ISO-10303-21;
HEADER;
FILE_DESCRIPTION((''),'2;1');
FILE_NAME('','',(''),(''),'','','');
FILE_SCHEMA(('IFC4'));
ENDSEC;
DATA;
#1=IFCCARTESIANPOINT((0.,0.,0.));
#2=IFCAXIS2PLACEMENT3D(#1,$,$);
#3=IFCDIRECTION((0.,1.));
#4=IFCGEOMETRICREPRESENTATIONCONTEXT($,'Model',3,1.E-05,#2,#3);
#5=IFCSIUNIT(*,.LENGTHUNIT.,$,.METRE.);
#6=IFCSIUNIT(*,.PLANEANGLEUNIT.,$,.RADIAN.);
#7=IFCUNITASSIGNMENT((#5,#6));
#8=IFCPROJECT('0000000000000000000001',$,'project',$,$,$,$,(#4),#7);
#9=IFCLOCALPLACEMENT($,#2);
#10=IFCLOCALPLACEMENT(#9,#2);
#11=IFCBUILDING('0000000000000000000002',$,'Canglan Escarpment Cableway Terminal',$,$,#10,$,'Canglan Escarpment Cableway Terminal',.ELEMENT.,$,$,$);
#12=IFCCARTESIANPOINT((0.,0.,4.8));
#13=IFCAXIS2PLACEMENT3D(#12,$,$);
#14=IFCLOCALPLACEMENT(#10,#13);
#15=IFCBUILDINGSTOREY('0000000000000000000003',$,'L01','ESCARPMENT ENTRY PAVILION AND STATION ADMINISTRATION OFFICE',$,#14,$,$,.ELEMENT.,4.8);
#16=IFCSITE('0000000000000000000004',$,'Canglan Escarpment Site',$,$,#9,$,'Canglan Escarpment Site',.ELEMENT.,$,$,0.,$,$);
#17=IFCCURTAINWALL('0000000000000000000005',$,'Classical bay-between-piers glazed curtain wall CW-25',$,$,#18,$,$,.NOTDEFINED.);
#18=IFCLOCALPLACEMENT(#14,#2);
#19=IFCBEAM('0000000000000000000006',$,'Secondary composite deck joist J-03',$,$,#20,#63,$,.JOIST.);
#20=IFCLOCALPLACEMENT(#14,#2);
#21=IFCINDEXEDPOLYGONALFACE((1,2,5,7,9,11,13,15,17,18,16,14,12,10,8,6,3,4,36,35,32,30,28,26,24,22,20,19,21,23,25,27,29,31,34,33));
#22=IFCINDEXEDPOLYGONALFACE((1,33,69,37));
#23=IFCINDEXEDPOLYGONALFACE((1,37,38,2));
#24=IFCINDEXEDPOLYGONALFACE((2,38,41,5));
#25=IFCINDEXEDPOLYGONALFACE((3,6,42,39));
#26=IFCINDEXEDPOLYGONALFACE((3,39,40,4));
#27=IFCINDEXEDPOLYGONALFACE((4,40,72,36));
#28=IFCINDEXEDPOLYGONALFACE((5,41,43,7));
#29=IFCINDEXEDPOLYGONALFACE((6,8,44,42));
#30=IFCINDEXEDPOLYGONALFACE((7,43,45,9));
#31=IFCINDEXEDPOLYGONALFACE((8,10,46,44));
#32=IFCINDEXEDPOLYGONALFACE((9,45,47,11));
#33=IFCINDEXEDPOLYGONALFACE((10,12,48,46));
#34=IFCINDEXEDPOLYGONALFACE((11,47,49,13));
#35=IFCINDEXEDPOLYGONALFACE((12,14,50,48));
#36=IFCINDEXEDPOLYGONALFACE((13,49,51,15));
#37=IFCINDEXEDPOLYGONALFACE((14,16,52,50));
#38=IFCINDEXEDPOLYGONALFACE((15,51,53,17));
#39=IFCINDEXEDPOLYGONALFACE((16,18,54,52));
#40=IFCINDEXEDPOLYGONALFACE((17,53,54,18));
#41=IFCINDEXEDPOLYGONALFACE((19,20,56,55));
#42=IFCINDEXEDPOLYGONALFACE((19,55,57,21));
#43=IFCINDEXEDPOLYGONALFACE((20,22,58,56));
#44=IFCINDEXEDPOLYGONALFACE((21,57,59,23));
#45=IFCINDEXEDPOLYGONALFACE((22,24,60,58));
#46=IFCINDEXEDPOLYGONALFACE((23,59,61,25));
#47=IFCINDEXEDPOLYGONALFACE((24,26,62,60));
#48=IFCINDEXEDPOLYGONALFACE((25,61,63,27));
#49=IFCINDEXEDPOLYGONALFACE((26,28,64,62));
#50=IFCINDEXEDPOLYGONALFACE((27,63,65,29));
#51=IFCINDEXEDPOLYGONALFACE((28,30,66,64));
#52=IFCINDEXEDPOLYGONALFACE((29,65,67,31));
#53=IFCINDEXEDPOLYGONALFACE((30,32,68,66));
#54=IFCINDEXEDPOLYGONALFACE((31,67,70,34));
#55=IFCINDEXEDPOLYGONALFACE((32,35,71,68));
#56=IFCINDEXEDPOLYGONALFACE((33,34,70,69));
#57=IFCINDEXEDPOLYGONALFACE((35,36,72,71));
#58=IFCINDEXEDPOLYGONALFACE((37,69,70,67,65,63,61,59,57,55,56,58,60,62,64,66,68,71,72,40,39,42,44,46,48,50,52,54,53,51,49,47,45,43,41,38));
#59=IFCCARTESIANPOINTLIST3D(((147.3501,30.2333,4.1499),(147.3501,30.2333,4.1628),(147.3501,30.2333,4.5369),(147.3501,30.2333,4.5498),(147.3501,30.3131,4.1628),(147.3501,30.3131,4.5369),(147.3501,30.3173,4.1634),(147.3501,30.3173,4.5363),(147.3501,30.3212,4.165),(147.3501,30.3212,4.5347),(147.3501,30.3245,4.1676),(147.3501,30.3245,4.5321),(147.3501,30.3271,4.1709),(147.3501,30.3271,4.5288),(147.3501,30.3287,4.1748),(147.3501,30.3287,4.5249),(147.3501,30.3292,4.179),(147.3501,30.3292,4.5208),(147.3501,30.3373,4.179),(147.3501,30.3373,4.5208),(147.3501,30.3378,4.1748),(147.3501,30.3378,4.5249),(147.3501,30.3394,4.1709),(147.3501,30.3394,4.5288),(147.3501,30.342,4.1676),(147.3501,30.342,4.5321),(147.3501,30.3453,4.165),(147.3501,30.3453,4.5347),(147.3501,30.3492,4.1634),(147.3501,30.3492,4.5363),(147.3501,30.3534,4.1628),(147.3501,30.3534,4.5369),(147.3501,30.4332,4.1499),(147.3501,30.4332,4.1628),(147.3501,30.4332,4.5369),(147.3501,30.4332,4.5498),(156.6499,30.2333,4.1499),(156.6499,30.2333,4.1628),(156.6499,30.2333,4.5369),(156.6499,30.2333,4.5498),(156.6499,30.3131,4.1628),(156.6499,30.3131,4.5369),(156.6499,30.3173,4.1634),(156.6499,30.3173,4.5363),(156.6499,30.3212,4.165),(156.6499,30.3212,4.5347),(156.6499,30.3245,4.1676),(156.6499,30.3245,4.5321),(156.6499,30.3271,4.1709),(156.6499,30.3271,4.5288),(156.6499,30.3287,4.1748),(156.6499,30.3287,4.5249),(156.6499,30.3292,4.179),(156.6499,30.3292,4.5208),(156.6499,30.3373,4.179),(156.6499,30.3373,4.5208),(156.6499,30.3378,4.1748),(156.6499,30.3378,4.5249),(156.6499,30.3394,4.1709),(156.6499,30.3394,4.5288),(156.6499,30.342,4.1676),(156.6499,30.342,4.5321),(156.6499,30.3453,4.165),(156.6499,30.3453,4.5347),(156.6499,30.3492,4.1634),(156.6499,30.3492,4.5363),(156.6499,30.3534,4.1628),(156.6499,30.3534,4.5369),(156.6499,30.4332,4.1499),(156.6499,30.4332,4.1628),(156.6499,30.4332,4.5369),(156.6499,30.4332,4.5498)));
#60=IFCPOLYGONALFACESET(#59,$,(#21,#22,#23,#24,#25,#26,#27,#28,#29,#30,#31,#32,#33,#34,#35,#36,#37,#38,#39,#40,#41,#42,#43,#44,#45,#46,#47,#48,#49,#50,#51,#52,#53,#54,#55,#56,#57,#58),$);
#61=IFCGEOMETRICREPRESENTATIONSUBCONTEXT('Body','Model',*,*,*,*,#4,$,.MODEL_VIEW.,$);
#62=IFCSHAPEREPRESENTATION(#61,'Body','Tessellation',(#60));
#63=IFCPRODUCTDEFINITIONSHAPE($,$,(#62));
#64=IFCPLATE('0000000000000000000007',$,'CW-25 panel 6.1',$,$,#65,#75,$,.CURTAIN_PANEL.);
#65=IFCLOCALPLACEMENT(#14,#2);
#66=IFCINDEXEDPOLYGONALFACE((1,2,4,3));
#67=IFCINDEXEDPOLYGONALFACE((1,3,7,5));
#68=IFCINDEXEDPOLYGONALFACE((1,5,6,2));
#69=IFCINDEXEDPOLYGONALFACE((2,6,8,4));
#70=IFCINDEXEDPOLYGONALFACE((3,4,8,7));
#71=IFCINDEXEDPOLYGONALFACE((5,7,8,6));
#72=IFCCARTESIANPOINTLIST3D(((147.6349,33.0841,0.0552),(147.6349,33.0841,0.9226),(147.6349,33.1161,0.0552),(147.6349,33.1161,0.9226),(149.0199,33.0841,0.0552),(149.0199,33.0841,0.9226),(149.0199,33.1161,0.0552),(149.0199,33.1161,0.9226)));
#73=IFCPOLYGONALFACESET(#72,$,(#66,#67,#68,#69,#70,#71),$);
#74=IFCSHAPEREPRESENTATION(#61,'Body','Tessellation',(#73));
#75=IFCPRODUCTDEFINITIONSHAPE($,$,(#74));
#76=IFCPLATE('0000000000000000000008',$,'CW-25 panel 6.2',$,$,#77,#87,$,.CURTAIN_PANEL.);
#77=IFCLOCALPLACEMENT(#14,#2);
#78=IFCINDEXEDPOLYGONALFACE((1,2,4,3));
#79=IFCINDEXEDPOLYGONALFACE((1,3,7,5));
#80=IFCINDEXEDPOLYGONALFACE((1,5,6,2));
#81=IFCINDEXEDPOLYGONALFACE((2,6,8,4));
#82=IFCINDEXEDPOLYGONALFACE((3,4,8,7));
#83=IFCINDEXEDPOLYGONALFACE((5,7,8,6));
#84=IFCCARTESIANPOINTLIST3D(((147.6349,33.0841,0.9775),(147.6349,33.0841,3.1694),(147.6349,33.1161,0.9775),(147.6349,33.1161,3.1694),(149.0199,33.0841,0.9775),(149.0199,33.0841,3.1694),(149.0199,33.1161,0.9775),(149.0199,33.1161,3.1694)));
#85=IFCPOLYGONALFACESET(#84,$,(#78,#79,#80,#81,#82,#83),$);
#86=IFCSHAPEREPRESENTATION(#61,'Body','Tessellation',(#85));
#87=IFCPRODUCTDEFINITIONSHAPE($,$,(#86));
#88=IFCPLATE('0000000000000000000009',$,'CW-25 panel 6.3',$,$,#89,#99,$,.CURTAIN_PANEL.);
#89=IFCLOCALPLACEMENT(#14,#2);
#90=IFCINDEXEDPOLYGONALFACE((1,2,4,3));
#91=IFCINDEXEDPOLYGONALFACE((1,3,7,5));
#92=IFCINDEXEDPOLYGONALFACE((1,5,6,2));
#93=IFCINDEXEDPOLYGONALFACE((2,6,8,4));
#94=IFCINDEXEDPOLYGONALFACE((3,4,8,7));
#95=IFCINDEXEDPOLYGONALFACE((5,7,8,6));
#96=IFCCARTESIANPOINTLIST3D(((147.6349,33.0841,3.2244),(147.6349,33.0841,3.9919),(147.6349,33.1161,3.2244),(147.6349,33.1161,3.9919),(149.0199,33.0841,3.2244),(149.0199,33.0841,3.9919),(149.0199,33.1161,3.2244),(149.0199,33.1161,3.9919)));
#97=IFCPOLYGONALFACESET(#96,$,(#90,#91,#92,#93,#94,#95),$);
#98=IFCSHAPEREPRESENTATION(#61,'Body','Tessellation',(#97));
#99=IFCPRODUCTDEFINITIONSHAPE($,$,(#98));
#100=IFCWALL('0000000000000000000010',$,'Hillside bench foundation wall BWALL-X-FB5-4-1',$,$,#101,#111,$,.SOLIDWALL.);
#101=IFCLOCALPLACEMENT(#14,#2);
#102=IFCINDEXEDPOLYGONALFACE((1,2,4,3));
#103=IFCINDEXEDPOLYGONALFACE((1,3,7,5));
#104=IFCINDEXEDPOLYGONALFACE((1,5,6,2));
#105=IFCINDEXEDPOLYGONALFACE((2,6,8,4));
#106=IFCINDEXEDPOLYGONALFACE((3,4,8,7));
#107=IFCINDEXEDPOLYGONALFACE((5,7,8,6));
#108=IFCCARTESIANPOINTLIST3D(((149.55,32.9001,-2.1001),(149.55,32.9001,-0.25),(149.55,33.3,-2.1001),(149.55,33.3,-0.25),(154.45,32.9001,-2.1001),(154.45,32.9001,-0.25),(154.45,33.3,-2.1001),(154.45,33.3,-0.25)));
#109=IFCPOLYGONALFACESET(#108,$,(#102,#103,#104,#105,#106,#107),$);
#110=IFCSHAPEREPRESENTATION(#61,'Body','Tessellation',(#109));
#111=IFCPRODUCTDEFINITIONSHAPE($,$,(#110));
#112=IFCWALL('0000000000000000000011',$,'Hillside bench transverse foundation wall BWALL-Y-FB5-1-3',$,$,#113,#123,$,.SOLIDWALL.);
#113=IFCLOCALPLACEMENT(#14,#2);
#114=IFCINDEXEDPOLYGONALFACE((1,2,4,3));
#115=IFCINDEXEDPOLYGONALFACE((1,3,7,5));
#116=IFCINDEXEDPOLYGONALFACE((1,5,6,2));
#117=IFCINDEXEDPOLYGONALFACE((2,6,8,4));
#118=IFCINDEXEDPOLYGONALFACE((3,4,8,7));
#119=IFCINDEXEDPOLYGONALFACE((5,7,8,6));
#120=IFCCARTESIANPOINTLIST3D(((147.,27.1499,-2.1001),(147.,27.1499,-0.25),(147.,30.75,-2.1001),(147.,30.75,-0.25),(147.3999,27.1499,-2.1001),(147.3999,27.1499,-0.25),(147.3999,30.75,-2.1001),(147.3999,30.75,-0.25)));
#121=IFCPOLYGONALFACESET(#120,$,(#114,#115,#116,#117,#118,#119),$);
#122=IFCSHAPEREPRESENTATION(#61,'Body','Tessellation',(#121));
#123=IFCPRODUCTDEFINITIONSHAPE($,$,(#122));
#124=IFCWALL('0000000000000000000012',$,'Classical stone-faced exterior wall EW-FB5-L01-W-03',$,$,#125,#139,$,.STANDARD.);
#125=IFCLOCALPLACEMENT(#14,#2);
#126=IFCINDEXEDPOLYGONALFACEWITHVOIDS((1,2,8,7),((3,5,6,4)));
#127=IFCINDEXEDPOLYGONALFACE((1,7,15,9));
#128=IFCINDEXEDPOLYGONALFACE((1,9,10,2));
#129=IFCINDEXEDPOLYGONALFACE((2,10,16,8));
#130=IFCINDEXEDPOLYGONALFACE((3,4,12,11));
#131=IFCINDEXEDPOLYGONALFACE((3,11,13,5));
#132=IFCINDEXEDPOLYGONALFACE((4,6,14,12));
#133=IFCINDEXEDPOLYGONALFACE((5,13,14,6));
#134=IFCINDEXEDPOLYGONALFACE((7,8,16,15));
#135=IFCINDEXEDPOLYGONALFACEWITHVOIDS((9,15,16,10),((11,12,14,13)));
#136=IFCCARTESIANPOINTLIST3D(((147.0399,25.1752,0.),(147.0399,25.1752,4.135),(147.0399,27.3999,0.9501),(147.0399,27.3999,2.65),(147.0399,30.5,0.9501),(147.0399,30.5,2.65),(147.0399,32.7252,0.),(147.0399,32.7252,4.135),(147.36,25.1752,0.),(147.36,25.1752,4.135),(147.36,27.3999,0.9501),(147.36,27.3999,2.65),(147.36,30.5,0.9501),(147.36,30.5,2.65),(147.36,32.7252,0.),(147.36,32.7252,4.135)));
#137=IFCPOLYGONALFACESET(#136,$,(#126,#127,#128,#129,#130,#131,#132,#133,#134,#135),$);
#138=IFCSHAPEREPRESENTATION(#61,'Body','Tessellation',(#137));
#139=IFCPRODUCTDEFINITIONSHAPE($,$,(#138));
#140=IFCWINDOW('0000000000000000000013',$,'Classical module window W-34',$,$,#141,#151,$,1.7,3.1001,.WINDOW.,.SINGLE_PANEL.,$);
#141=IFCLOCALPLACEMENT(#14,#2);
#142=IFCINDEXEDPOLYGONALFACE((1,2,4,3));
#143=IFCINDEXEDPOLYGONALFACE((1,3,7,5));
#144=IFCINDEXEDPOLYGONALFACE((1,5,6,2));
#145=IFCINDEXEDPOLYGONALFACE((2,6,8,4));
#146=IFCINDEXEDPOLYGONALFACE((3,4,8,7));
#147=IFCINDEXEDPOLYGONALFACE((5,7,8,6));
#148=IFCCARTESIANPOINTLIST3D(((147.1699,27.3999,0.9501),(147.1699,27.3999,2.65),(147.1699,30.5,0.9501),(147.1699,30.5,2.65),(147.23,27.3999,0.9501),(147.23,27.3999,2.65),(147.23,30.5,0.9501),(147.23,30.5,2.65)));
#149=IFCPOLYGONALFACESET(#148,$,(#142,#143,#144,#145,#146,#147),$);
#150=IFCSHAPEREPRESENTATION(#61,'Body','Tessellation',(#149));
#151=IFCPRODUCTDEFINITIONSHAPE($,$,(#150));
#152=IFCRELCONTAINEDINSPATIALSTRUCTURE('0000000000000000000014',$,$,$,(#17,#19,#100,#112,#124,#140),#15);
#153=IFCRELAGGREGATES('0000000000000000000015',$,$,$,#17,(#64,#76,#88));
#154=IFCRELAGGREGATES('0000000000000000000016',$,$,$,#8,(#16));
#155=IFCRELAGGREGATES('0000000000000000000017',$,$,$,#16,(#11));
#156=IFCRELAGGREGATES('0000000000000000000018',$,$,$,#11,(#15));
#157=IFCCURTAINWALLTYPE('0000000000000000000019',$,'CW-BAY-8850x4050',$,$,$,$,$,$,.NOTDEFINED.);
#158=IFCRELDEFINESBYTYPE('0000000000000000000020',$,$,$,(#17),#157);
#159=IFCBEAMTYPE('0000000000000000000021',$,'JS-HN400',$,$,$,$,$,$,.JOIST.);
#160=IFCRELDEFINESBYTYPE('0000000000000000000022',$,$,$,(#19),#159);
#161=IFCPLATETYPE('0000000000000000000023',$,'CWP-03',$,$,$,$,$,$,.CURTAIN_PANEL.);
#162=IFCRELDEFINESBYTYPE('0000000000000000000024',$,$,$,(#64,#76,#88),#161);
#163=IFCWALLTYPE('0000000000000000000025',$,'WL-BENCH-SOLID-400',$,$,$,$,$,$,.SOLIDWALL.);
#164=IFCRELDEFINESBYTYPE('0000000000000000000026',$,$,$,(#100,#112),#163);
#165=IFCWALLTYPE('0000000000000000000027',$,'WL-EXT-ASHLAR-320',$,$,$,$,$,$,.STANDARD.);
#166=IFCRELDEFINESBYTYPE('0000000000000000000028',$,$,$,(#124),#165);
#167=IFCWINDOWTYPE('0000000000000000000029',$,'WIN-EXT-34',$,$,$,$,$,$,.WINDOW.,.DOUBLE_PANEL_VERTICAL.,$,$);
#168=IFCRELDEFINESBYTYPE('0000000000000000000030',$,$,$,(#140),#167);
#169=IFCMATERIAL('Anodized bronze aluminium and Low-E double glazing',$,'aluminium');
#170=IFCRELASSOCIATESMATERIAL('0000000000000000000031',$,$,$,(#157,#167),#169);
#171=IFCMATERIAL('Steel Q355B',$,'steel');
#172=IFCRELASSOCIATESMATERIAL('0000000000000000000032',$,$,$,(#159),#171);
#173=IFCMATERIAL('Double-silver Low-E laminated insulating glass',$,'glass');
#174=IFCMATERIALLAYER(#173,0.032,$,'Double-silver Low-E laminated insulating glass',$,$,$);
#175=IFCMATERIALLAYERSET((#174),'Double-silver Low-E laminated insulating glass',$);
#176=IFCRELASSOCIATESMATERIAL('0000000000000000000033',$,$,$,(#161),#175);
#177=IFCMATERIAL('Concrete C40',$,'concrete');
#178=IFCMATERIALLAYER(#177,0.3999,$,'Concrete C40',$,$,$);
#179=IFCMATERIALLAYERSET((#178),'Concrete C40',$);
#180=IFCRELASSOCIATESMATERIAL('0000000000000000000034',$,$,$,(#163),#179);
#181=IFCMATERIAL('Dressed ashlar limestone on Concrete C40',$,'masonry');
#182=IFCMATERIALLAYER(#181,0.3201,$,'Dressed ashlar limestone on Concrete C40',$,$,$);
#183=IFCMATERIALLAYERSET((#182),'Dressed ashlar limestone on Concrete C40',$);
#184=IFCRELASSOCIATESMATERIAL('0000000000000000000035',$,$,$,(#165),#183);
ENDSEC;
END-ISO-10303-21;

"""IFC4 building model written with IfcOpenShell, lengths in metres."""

from ifc_helpers import new_model, si_unit, direction, frame, frame_2d, origin, origin_2d, place, context, subcontext, project, spatial, rectangle, i_section, extrude, material, layer, layer_set, material_profile, profile_set, type_object, element, fill, aggregate, save


model = new_model("IFC4")

# Units and contexts
model_context = context("Model", 3, precision=1e-05, world=origin(), true_north=direction((0.0, 1.0)))
body_context = subcontext(model_context, "Body", "Model", "MODEL_VIEW")
ifc_project = project(units=[si_unit("LENGTHUNIT", "METRE"), si_unit("PLANEANGLEUNIT", "RADIAN")], contexts=[model_context])

# Site, building, storey
site_placement = place(None, origin())
site = spatial("IfcSite", under=ifc_project, at=site_placement, Name="Canglan Escarpment Site", LongName="Canglan Escarpment Site", CompositionType="ELEMENT", RefElevation=0.0)
building_placement = place(site_placement, origin())
building = spatial("IfcBuilding", under=site, at=building_placement, Name="Canglan Escarpment Cableway Terminal", LongName="Canglan Escarpment Cableway Terminal", CompositionType="ELEMENT")
storey_placement = place(building_placement, frame((0.0, 0.0, 4.8)))
storey = spatial("IfcBuildingStorey", under=building, at=storey_placement, Name="L01", Description="ESCARPMENT ENTRY PAVILION AND STATION ADMINISTRATION OFFICE", CompositionType="ELEMENT", Elevation=4.8)

# Shared definitions
ifc_material_1 = material(Name="Concrete C40", Category="concrete")

# Shared definitions
ifc_material_2 = material(Name="Steel Q355B", Category="steel")

# Curtain wall
ifc_material_3 = material(Name="Anodized bronze aluminium and Low-E double glazing", Category="aluminium")
curtain_wall_type = type_object("IfcCurtainWallType", Name="CW-BAY-8850x4050", PredefinedType="NOTDEFINED", material=ifc_material_3)
curtain_wall_placement = place(storey_placement, origin())
curtain_wall = element("IfcCurtainWall", 1, at=curtain_wall_placement, inside=storey, type_object=curtain_wall_type, Name="Classical bay-between-piers glazed curtain wall CW-25", PredefinedType="NOTDEFINED")

# Beam
ifc_material_profile_1 = material_profile(ifc_material_2, i_section(OverallWidth=0.2, OverallDepth=0.3999, WebThickness=0.0081, FlangeThickness=0.0129, FilletRadius=0.0161, at=origin_2d()), Name="HN 400x200x8x13")
ifc_profile_set_1 = profile_set([ifc_material_profile_1], Name="Steel Q355B")
beam_type_1 = type_object("IfcBeamType", Name="JS-HN400", PredefinedType="JOIST", material=ifc_profile_set_1)
for number, where, z_axis, x_axis, name in (
    (2, (147.3501, 30.3333, 4.3499), (1.0, 0.0, 0.0), (0.0, 1.0, 0.0), "Secondary composite deck joist J-03"),
):
    element("IfcBeam", number, at=place(storey_placement, frame(where, z_axis=z_axis, x_axis=x_axis)), inside=storey, type_object=beam_type_1, Name=name, PredefinedType="JOIST", context=body_context, shape_type="SweptSolid", body=[
        extrude(i_section(OverallWidth=0.2, OverallDepth=0.3999, WebThickness=0.0081, FlangeThickness=0.0129, FilletRadius=0.0161, at=origin_2d()), origin(), (0.0, 0.0, 1.0), 9.2998),
    ])

# Plates
ifc_material_4 = material(Name="Double-silver Low-E laminated insulating glass", Category="glass")
ifc_layer_1 = layer(ifc_material_4, 0.032, Name="Double-silver Low-E laminated insulating glass")
ifc_layer_set_1 = layer_set([ifc_layer_1], Name="Double-silver Low-E laminated insulating glass")
plate_type = type_object("IfcPlateType", Name="CWP-03", PredefinedType="CURTAIN_PANEL", material=ifc_layer_set_1)
plate_1_placement = place(storey_placement, frame((148.3274, 33.1001, 0.0552), z_axis=(0.0, 0.0, 1.0), x_axis=(-1.0, 0.0, 0.0)))
plate_1 = element("IfcPlate", 3, at=plate_1_placement, type_object=plate_type, Name="CW-25 panel 6.1", PredefinedType="CURTAIN_PANEL", context=body_context, shape_type="SweptSolid", body=[
    extrude(rectangle(XDim=1.385, YDim=0.032, at=origin_2d()), origin(), (0.0, 0.0, 1.0), 0.8674),
])
plate_2_placement = place(storey_placement, frame((148.3274, 33.1001, 0.9775), z_axis=(0.0, 0.0, 1.0), x_axis=(-1.0, 0.0, 0.0)))
plate_2 = element("IfcPlate", 4, at=plate_2_placement, type_object=plate_type, Name="CW-25 panel 6.2", PredefinedType="CURTAIN_PANEL", context=body_context, shape_type="SweptSolid", body=[
    extrude(rectangle(XDim=1.385, YDim=0.032, at=origin_2d()), origin(), (0.0, 0.0, 1.0), 2.1919),
])
plate_3_placement = place(storey_placement, frame((148.3274, 33.1001, 3.2244), z_axis=(0.0, 0.0, 1.0), x_axis=(-1.0, 0.0, 0.0)))
plate_3 = element("IfcPlate", 5, at=plate_3_placement, type_object=plate_type, Name="CW-25 panel 6.3", PredefinedType="CURTAIN_PANEL", context=body_context, shape_type="SweptSolid", body=[
    extrude(rectangle(XDim=1.385, YDim=0.032, at=origin_2d()), origin(), (0.0, 0.0, 1.0), 0.7676),
])
aggregate(curtain_wall, [plate_1, plate_2, plate_3])

# Walls
ifc_layer_2 = layer(ifc_material_1, 0.3999, Name="Concrete C40")
ifc_layer_set_2 = layer_set([ifc_layer_2], Name="Concrete C40")
wall_type_1 = type_object("IfcWallType", Name="WL-BENCH-SOLID-400", PredefinedType="SOLIDWALL", material=ifc_layer_set_2)
wall_1_placement = place(storey_placement, frame((149.55, 33.1001, -2.1001), z_axis=(0.0, 0.0, 1.0), x_axis=(1.0, 0.0, 0.0)))
element("IfcWall", 6, at=wall_1_placement, inside=storey, type_object=wall_type_1, Name="Hillside bench foundation wall BWALL-X-FB5-4-1", PredefinedType="SOLIDWALL", context=body_context, shape_type="SweptSolid", body=[
    extrude(rectangle(XDim=4.8999, YDim=0.3999, at=frame_2d((2.45, 0.0))), origin(), (0.0, 0.0, 1.0), 1.8501),
])
wall_2_placement = place(storey_placement, frame((147.2, 27.1499, -2.1001), z_axis=(0.0, 0.0, 1.0), x_axis=(0.0, 1.0, 0.0)))
element("IfcWall", 7, at=wall_2_placement, inside=storey, type_object=wall_type_1, Name="Hillside bench transverse foundation wall BWALL-Y-FB5-1-3", PredefinedType="SOLIDWALL", context=body_context, shape_type="SweptSolid", body=[
    extrude(rectangle(XDim=3.6001, YDim=0.3999, at=frame_2d((1.8, 0.0))), origin(), (0.0, 0.0, 1.0), 1.8501),
])

# Wall, opening, window
ifc_material_5 = material(Name="Dressed ashlar limestone on Concrete C40", Category="masonry")
ifc_layer_3 = layer(ifc_material_5, 0.3201, Name="Dressed ashlar limestone on Concrete C40")
ifc_layer_set_3 = layer_set([ifc_layer_3], Name="Dressed ashlar limestone on Concrete C40")
wall_type_2 = type_object("IfcWallType", Name="WL-EXT-ASHLAR-320", PredefinedType="STANDARD", material=ifc_layer_set_3)
wall_3_placement = place(storey_placement, frame((147.2, 32.7251, 0.0), z_axis=(0.0, 0.0, 1.0), x_axis=(0.0, -1.0, 0.0)))
wall_3 = element("IfcWall", 8, at=wall_3_placement, inside=storey, type_object=wall_type_2, Name="Classical stone-faced exterior wall EW-FB5-L01-W-03", PredefinedType="STANDARD", context=body_context, shape_type="SweptSolid", body=[
    extrude(rectangle(XDim=7.55, YDim=0.3201, at=frame_2d((3.7749, 0.0))), origin(), (0.0, 0.0, 1.0), 4.135),
])
opening_placement = place(wall_3_placement, frame((2.2251, 0.0, 0.95)))
opening = element("IfcOpeningElement", 9, at=opening_placement, cuts=wall_3, PredefinedType="OPENING", context=body_context, shape_type="SweptSolid", body=[
    extrude(rectangle(XDim=3.1001, YDim=1.7, at=frame_2d((1.55, 0.8501))), frame((0.0, 0.1699, 0.0), z_axis=(0.0, -1.0, 0.0), x_axis=(1.0, 0.0, 0.0)), (0.0, 0.0, 1.0), 0.3401),
])
window_type = type_object("IfcWindowType", Name="WIN-EXT-34", PartitioningType="DOUBLE_PANEL_VERTICAL", PredefinedType="WINDOW", material=ifc_material_3)
window_placement = place(opening_placement, origin())
window = element("IfcWindow", 10, at=window_placement, inside=storey, type_object=window_type, Name="Classical module window W-34", OverallHeight=1.7, OverallWidth=3.1001, PartitioningType="SINGLE_PANEL", PredefinedType="WINDOW", context=body_context, shape_type="SweptSolid", body=[
    extrude(rectangle(XDim=3.1001, YDim=1.7, at=frame_2d((1.55, 0.8501))), frame((0.0, 0.03, 0.0), z_axis=(0.0, -1.0, 0.0), x_axis=(1.0, 0.0, 0.0)), (0.0, 0.0, 1.0), 0.0601),
])
fill(opening, window)

save(model, "model.ifc")
